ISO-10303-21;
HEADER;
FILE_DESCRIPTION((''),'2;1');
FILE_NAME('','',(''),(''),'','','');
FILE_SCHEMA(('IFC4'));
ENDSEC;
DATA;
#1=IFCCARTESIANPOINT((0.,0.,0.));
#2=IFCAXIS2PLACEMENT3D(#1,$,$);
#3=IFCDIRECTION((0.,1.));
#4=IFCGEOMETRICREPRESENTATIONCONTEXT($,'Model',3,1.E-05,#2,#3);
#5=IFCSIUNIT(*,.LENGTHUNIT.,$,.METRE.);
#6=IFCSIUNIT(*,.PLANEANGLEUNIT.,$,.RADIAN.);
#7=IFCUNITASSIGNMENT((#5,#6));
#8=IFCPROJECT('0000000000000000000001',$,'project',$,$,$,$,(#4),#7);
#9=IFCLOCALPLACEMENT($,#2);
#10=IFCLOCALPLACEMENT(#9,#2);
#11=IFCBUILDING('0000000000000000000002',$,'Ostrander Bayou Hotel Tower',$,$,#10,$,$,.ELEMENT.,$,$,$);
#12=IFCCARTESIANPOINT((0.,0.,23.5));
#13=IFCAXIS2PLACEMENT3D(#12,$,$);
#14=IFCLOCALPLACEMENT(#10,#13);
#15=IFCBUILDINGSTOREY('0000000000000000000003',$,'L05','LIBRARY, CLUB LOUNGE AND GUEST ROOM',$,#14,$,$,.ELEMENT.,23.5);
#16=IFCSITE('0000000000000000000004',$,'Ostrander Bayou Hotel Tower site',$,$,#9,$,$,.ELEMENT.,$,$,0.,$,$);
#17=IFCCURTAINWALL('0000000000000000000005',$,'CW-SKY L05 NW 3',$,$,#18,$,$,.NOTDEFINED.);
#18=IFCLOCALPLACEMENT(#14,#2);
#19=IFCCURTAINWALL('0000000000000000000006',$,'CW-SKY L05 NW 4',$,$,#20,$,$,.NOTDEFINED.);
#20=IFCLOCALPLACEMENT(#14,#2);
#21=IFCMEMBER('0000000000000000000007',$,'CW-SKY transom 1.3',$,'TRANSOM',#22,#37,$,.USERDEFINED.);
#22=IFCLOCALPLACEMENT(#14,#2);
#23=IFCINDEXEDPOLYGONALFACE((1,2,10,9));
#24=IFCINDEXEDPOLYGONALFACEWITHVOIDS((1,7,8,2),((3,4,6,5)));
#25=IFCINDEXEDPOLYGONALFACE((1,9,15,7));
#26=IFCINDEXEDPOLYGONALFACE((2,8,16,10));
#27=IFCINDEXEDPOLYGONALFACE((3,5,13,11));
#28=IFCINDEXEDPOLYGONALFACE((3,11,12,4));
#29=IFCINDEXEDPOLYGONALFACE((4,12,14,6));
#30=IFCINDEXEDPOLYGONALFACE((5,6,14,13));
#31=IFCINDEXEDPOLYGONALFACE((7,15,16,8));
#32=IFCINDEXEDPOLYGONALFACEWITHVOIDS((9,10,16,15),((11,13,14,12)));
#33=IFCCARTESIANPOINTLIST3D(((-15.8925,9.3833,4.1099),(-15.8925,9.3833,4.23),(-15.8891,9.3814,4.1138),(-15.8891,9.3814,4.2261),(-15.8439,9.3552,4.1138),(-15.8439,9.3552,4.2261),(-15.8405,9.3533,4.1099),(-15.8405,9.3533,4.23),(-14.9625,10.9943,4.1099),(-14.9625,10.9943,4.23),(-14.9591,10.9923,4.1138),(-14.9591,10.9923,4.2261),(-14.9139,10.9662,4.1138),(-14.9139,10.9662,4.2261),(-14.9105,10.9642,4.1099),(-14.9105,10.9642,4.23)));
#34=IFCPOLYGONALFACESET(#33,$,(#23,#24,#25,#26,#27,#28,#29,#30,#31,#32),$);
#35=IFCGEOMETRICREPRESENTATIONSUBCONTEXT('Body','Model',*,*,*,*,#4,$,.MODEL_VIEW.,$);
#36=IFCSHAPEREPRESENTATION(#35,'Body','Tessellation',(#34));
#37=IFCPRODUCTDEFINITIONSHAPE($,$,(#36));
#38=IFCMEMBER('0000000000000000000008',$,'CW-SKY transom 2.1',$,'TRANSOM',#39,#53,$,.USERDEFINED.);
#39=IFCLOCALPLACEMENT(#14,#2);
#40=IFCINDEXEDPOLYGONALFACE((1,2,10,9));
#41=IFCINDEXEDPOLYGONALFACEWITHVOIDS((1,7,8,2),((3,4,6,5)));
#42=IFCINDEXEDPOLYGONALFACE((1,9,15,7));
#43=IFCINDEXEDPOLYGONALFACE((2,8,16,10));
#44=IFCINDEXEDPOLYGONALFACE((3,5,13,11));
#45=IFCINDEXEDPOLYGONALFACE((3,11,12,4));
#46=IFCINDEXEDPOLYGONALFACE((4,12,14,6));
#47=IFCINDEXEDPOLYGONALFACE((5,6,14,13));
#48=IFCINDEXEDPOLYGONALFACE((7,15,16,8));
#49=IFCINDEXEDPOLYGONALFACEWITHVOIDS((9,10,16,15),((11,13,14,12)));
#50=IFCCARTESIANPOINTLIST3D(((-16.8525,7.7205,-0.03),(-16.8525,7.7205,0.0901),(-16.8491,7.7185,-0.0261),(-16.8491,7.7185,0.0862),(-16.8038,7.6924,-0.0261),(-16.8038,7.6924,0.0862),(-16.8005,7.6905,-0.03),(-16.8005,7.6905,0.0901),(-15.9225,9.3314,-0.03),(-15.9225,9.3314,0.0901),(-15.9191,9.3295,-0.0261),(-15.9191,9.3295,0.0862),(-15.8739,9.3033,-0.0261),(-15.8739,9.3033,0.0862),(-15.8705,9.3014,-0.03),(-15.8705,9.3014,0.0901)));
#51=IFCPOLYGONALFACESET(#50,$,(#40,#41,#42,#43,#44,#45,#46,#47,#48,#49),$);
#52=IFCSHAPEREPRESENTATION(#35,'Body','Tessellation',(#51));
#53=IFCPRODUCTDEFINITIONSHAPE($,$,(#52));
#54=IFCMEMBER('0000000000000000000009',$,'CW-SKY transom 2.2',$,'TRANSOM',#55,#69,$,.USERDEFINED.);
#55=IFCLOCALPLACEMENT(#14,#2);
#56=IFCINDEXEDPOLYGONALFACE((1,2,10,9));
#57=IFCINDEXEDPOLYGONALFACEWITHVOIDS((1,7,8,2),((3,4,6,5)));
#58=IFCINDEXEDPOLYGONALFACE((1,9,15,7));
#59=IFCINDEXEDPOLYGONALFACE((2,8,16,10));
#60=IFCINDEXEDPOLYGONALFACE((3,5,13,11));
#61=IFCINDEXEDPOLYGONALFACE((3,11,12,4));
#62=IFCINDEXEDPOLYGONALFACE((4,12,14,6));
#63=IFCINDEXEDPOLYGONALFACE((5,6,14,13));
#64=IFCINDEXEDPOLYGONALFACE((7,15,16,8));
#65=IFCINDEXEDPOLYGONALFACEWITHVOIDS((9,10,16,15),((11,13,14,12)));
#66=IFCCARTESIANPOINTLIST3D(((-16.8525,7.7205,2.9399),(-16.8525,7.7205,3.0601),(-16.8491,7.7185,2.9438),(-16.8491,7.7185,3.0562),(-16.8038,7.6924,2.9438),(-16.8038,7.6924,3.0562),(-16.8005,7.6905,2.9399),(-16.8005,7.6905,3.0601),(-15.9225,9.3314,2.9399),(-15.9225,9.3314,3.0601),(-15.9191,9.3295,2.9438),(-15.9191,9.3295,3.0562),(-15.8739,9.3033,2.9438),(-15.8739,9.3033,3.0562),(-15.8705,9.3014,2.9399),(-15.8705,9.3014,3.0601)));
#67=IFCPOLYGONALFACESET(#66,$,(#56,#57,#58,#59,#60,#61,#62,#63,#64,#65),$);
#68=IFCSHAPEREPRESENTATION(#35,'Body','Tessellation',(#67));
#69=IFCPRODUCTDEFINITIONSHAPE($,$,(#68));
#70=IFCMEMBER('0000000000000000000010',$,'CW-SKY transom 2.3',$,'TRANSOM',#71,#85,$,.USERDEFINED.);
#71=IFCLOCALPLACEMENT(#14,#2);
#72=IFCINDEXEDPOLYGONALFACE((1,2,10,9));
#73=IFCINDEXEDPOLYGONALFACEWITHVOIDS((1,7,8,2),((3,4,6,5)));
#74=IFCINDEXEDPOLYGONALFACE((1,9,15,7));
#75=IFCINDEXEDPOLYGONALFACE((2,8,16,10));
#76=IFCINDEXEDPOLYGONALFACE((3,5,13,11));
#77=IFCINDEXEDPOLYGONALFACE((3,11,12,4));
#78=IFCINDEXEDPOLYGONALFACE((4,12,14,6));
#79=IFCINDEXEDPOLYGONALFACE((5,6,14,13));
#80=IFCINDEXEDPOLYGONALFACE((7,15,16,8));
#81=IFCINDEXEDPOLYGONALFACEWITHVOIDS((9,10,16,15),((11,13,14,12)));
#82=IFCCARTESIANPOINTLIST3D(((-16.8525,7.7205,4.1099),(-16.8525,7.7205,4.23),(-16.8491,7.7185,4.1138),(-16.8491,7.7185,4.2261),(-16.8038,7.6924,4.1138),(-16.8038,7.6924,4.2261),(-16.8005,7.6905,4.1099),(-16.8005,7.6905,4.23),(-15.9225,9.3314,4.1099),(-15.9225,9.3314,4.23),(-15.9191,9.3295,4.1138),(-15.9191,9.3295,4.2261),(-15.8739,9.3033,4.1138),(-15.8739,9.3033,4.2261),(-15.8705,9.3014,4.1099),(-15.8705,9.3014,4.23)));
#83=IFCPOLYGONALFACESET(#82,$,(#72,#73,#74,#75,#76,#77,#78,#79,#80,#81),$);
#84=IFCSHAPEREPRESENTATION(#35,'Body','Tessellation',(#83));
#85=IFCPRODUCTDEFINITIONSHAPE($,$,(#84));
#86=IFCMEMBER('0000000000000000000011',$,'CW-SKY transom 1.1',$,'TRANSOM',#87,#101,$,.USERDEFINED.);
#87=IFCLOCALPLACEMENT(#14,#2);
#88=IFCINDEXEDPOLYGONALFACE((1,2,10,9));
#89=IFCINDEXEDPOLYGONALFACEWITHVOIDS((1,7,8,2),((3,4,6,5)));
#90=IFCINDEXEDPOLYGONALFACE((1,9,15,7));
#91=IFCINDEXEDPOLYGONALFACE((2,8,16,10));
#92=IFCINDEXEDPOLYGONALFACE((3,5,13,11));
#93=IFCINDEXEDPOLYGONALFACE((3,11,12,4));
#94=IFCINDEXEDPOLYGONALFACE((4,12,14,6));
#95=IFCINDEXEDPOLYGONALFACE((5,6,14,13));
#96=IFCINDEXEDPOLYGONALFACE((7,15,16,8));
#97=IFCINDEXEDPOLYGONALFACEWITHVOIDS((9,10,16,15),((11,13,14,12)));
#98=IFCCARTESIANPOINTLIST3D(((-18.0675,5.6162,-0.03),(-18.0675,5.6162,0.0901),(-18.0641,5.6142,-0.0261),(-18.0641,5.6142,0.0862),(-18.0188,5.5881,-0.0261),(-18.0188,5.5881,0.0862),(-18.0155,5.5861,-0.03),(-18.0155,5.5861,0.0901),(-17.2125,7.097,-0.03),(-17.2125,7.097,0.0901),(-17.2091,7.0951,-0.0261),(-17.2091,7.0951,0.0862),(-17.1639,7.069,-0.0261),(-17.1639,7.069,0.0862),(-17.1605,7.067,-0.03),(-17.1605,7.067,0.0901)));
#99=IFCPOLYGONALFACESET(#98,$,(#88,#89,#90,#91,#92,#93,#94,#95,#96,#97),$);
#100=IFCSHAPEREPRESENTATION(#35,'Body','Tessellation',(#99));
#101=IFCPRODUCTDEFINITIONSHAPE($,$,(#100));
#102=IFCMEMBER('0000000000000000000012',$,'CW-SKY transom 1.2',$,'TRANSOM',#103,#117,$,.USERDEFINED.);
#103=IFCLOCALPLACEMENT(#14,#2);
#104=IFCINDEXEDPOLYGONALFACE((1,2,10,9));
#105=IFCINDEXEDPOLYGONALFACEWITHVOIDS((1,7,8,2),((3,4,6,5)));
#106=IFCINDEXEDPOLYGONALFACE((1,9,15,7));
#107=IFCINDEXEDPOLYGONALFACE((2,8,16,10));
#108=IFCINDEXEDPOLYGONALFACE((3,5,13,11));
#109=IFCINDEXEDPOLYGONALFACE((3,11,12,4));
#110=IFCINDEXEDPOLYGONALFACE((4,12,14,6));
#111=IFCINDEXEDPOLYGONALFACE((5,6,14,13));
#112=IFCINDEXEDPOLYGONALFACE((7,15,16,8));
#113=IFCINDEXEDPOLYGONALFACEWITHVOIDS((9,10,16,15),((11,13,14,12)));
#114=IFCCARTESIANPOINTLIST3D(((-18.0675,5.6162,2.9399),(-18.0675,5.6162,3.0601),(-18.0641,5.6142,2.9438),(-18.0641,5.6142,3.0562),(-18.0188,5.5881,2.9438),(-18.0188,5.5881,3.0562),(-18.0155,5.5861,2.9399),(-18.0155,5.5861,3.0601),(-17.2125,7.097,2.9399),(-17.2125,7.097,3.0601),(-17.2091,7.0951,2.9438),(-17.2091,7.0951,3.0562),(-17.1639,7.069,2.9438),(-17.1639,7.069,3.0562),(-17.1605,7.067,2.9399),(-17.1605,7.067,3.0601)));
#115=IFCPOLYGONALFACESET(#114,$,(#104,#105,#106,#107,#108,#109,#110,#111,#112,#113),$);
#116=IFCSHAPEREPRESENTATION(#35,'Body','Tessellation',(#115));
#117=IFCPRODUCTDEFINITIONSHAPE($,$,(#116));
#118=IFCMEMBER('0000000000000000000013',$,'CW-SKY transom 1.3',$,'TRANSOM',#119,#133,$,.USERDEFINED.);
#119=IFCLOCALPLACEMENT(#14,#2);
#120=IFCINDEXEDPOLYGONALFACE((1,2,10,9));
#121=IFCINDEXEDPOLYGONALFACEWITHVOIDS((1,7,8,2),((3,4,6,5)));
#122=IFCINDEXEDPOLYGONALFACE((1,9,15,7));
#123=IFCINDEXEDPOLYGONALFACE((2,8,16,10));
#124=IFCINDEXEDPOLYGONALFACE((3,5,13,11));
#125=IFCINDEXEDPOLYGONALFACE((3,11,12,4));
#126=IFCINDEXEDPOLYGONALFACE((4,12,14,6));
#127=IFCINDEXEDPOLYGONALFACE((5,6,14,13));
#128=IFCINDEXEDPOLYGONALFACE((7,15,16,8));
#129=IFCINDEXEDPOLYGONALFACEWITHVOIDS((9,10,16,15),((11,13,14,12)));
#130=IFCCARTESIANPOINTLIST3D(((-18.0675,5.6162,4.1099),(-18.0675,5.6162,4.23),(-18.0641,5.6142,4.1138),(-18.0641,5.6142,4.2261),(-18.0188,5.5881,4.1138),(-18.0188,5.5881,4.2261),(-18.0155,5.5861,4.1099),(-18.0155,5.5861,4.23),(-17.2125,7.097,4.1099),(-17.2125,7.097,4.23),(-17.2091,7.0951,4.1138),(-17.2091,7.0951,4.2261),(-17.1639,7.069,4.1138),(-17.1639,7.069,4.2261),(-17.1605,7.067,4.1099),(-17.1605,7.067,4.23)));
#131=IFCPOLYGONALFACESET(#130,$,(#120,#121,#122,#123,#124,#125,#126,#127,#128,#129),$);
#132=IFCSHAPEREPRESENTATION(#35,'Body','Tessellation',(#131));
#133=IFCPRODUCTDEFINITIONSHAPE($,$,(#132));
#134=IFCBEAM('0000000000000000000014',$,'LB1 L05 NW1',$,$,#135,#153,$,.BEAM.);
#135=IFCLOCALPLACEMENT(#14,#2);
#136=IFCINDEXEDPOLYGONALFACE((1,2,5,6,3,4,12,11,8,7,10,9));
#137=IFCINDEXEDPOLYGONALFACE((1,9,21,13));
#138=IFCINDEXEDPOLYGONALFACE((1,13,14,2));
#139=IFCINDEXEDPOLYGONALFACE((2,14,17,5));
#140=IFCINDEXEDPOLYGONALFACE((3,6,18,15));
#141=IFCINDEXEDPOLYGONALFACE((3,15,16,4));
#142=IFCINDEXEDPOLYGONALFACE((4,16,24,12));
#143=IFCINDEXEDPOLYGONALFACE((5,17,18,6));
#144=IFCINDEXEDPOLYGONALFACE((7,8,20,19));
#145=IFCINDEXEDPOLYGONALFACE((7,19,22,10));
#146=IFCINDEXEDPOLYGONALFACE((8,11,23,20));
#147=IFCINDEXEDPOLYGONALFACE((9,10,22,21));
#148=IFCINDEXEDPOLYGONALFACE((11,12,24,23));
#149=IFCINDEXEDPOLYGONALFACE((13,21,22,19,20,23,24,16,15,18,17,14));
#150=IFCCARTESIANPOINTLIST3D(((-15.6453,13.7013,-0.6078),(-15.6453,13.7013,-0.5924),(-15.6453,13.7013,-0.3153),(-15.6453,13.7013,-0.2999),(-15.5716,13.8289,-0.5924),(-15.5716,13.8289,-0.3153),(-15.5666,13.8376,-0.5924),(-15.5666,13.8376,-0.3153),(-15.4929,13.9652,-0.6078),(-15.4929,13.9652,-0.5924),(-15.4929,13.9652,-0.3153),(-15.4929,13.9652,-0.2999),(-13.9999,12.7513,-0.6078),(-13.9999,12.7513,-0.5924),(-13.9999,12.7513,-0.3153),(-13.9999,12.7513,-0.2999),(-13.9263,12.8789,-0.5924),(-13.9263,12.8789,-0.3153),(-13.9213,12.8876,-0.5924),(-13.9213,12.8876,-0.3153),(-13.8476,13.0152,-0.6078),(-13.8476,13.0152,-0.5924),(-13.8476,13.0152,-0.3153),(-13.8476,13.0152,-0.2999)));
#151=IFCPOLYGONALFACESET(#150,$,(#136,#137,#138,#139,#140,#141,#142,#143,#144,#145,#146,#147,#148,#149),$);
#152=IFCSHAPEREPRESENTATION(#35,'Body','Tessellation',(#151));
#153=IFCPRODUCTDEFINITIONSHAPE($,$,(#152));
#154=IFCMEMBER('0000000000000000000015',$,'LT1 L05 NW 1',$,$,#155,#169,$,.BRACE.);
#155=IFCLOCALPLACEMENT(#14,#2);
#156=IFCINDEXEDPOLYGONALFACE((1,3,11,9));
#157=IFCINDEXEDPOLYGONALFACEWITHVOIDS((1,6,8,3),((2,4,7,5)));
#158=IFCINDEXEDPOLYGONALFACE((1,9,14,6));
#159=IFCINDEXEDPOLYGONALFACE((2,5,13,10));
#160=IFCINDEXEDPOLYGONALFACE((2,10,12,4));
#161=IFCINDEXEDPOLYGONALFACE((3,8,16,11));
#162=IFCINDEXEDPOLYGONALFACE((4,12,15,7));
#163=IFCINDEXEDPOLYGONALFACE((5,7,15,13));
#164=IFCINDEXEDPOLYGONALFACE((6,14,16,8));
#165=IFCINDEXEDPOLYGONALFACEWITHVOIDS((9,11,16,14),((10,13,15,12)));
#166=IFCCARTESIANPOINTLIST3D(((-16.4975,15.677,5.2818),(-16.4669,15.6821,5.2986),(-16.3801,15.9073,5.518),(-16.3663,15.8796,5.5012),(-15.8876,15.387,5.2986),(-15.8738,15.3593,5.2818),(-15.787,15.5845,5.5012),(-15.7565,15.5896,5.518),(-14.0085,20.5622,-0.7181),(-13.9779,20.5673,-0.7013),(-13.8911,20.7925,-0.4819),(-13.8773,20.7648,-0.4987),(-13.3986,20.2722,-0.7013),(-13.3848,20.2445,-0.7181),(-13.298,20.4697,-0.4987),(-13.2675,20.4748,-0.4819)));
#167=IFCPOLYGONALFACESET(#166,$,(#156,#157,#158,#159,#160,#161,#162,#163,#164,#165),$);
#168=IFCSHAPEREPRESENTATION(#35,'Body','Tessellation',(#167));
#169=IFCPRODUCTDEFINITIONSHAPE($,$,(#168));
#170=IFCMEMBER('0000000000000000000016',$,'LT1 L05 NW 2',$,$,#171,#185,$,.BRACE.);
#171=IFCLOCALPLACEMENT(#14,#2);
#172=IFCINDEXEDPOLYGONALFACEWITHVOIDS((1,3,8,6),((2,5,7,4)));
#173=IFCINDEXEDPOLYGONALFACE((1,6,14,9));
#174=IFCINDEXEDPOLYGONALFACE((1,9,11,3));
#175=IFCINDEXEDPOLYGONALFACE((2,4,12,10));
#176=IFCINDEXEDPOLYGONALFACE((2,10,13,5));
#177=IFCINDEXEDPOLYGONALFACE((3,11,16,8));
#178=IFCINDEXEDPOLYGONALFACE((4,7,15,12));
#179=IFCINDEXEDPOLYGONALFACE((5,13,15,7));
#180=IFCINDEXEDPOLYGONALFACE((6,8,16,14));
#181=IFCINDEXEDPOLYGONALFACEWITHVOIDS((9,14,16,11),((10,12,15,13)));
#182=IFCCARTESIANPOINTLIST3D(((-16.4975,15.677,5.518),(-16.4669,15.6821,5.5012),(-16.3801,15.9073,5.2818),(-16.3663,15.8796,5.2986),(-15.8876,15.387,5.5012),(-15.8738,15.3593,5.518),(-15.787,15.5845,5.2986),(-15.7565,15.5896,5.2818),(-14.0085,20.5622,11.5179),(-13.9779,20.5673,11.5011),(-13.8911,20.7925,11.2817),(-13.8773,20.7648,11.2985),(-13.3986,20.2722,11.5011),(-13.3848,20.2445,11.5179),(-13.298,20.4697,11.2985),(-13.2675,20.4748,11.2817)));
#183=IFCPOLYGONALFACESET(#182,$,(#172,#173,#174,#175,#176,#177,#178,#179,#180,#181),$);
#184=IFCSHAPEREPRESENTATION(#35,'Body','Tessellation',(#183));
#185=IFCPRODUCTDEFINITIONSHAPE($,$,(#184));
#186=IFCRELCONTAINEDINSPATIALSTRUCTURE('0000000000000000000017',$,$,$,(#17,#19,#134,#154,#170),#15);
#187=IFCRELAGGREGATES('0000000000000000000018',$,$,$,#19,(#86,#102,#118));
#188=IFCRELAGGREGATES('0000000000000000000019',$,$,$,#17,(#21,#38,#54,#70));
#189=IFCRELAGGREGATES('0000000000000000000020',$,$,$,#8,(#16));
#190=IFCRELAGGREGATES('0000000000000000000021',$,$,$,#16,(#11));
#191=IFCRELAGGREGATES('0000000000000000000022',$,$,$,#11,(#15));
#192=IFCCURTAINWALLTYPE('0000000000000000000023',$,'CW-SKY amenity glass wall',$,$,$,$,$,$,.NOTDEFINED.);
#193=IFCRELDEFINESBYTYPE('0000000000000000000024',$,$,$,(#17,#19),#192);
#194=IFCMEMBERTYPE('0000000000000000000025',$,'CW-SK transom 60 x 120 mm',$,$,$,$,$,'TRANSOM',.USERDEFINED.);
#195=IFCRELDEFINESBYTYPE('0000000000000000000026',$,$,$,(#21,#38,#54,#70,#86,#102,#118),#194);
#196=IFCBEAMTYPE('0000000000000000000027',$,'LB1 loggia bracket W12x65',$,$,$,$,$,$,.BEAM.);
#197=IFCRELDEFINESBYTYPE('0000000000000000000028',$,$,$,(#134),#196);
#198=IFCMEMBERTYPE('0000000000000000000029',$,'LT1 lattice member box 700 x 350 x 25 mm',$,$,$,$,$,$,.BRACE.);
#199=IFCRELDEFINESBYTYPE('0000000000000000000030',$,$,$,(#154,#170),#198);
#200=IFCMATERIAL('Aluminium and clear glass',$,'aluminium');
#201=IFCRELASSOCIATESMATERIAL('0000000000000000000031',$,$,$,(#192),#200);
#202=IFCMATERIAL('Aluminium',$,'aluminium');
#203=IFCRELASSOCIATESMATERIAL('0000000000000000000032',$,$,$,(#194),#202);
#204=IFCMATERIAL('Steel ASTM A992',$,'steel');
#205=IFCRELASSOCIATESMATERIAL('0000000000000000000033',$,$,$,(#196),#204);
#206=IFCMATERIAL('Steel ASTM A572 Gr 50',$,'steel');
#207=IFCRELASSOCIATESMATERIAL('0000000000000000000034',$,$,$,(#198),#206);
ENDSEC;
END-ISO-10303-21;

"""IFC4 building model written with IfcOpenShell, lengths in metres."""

from ifc_helpers import new_model, si_unit, direction, frame, origin, origin_2d, place, context, subcontext, project, spatial, hollow_rectangle, i_section, extrude, material, material_profile, profile_set, type_object, element, aggregate, save


model = new_model("IFC4")

# Units and contexts
model_context = context("Model", 3, precision=1e-05, world=origin(), true_north=direction((0.0, 1.0)))
body_context = subcontext(model_context, "Body", "Model", "MODEL_VIEW")
ifc_project = project(units=[si_unit("LENGTHUNIT", "METRE"), si_unit("PLANEANGLEUNIT", "RADIAN")], contexts=[model_context])

# Site, building, storey
site_placement = place(None, origin())
site = spatial("IfcSite", under=ifc_project, at=site_placement, Name="Ostrander Bayou Hotel Tower site", CompositionType="ELEMENT", RefElevation=0.0)
building_placement = place(site_placement, origin())
building = spatial("IfcBuilding", under=site, at=building_placement, Name="Ostrander Bayou Hotel Tower", CompositionType="ELEMENT")
storey_placement = place(building_placement, frame((0.0, 0.0, 23.5)))
storey = spatial("IfcBuildingStorey", under=building, at=storey_placement, Name="L05", Description="LIBRARY, CLUB LOUNGE AND GUEST ROOM", CompositionType="ELEMENT", Elevation=23.5)

# Curtain wall
ifc_material_1 = material(Name="Aluminium and clear glass", Category="aluminium")
curtain_wall_type_1 = type_object("IfcCurtainWallType", Name="CW-SKY amenity glass wall", PredefinedType="NOTDEFINED", material=ifc_material_1)
curtain_wall_1_placement = place(storey_placement, origin())
curtain_wall_1 = element("IfcCurtainWall", 1, at=curtain_wall_1_placement, inside=storey, type_object=curtain_wall_type_1, Name="CW-SKY L05 NW 3", PredefinedType="NOTDEFINED")

# Curtain wall
curtain_wall_2_placement = place(storey_placement, origin())
curtain_wall_2 = element("IfcCurtainWall", 2, at=curtain_wall_2_placement, inside=storey, type_object=curtain_wall_type_1, Name="CW-SKY L05 NW 4", PredefinedType="NOTDEFINED")

# Members
ifc_material_2 = material(Name="Aluminium", Category="aluminium")
ifc_material_profile_1 = material_profile(ifc_material_2, hollow_rectangle(XDim=0.0601, YDim=0.1201, WallThickness=0.0039, at=origin_2d()))
ifc_profile_set_1 = profile_set([ifc_material_profile_1], Name="Aluminium")
member_type_1 = type_object("IfcMemberType", Name="CW-SK transom 60 x 120 mm", ElementType="TRANSOM", PredefinedType="USERDEFINED", material=ifc_profile_set_1)
member_1_placement = place(storey_placement, frame((-14.9365, 10.9792, 4.1699), z_axis=(-0.499965, -0.866046, 0.0), x_axis=(0.866046, -0.499965, 0.0)))
member_1 = element("IfcMember", 3, at=member_1_placement, type_object=member_type_1, Name="CW-SKY transom 1.3", ObjectType="TRANSOM", PredefinedType="USERDEFINED", context=body_context, shape_type="SweptSolid", body=[
    extrude(hollow_rectangle(XDim=0.0601, YDim=0.1201, WallThickness=0.0039, at=origin_2d()), origin(), (0.0, 0.0, 1.0), 1.8601),
])
member_2_placement = place(storey_placement, frame((-15.8965, 9.3164, 0.03), z_axis=(-0.499965, -0.866046, 0.0), x_axis=(0.866046, -0.499965, 0.0)))
member_2 = element("IfcMember", 4, at=member_2_placement, type_object=member_type_1, Name="CW-SKY transom 2.1", ObjectType="TRANSOM", PredefinedType="USERDEFINED", context=body_context, shape_type="SweptSolid", body=[
    extrude(hollow_rectangle(XDim=0.0601, YDim=0.1201, WallThickness=0.0039, at=origin_2d()), origin(), (0.0, 0.0, 1.0), 1.8601),
])
member_3_placement = place(storey_placement, frame((-15.8965, 9.3164, 3.0), z_axis=(-0.499965, -0.866046, 0.0), x_axis=(0.866046, -0.499965, 0.0)))
member_3 = element("IfcMember", 5, at=member_3_placement, type_object=member_type_1, Name="CW-SKY transom 2.2", ObjectType="TRANSOM", PredefinedType="USERDEFINED", context=body_context, shape_type="SweptSolid", body=[
    extrude(hollow_rectangle(XDim=0.0601, YDim=0.1201, WallThickness=0.0039, at=origin_2d()), origin(), (0.0, 0.0, 1.0), 1.8601),
])
member_4_placement = place(storey_placement, frame((-15.8965, 9.3164, 4.1699), z_axis=(-0.499965, -0.866046, 0.0), x_axis=(0.866046, -0.499965, 0.0)))
member_4 = element("IfcMember", 6, at=member_4_placement, type_object=member_type_1, Name="CW-SKY transom 2.3", ObjectType="TRANSOM", PredefinedType="USERDEFINED", context=body_context, shape_type="SweptSolid", body=[
    extrude(hollow_rectangle(XDim=0.0601, YDim=0.1201, WallThickness=0.0039, at=origin_2d()), origin(), (0.0, 0.0, 1.0), 1.8601),
])
member_5_placement = place(storey_placement, frame((-17.1865, 7.082, 0.03), z_axis=(-0.499978, -0.866038, 0.0), x_axis=(0.866038, -0.499978, 0.0)))
member_5 = element("IfcMember", 7, at=member_5_placement, type_object=member_type_1, Name="CW-SKY transom 1.1", ObjectType="TRANSOM", PredefinedType="USERDEFINED", context=body_context, shape_type="SweptSolid", body=[
    extrude(hollow_rectangle(XDim=0.0601, YDim=0.1201, WallThickness=0.0039, at=origin_2d()), origin(), (0.0, 0.0, 1.0), 1.71),
])
member_6_placement = place(storey_placement, frame((-17.1865, 7.082, 3.0), z_axis=(-0.499978, -0.866038, 0.0), x_axis=(0.866038, -0.499978, 0.0)))
member_6 = element("IfcMember", 8, at=member_6_placement, type_object=member_type_1, Name="CW-SKY transom 1.2", ObjectType="TRANSOM", PredefinedType="USERDEFINED", context=body_context, shape_type="SweptSolid", body=[
    extrude(hollow_rectangle(XDim=0.0601, YDim=0.1201, WallThickness=0.0039, at=origin_2d()), origin(), (0.0, 0.0, 1.0), 1.71),
])
member_7_placement = place(storey_placement, frame((-17.1865, 7.082, 4.1699), z_axis=(-0.499978, -0.866038, 0.0), x_axis=(0.866038, -0.499978, 0.0)))
member_7 = element("IfcMember", 9, at=member_7_placement, type_object=member_type_1, Name="CW-SKY transom 1.3", ObjectType="TRANSOM", PredefinedType="USERDEFINED", context=body_context, shape_type="SweptSolid", body=[
    extrude(hollow_rectangle(XDim=0.0601, YDim=0.1201, WallThickness=0.0039, at=origin_2d()), origin(), (0.0, 0.0, 1.0), 1.71),
])
aggregate(curtain_wall_2, [member_5, member_6, member_7])

# Beam
ifc_material_3 = material(Name="Steel ASTM A992", Category="steel")
ifc_material_profile_2 = material_profile(ifc_material_3, i_section(OverallWidth=0.3047, OverallDepth=0.3079, WebThickness=0.01, FlangeThickness=0.0154, at=origin_2d()))
ifc_profile_set_2 = profile_set([ifc_material_profile_2], Name="Steel ASTM A992")
beam_type_1 = type_object("IfcBeamType", Name="LB1 loggia bracket W12x65", PredefinedType="BEAM", material=ifc_profile_set_2)
beam_1_placement = place(storey_placement, frame((-15.5691, 13.8333, -0.4539), z_axis=(0.866012, -0.500023, 0.0), x_axis=(0.500023, 0.866012, 0.0)))
element("IfcBeam", 10, at=beam_1_placement, inside=storey, type_object=beam_type_1, Name="LB1 L05 NW1", PredefinedType="BEAM", context=body_context, shape_type="SweptSolid", body=[
    extrude(i_section(OverallWidth=0.3047, OverallDepth=0.3079, WebThickness=0.01, FlangeThickness=0.0154, at=origin_2d()), origin(), (0.0, 0.0, 1.0), 1.8999),
])

# Members
ifc_material_4 = material(Name="Steel ASTM A572 Gr 50", Category="steel")
ifc_material_profile_3 = material_profile(ifc_material_4, hollow_rectangle(XDim=0.7, YDim=0.3501, WallThickness=0.0249, at=origin_2d()))
ifc_profile_set_3 = profile_set([ifc_material_profile_3], Name="Steel ASTM A572 Gr 50")
member_type_2 = type_object("IfcMemberType", Name="LT1 lattice member box 700 x 350 x 25 mm", PredefinedType="BRACE", material=ifc_profile_set_3)
for number, where, z_axis, x_axis, name in (
    (11, (-16.127, 15.6333, 5.3999), (0.306235, 0.601056, -0.738208), (-0.891017, 0.453969, 0.0), "LT1 L05 NW 1"),
    (12, (-16.127, 15.6333, 5.3999), (0.306235, 0.601056, 0.738208), (-0.891017, 0.453969, 0.0), "LT1 L05 NW 2"),
):
    element("IfcMember", number, at=place(storey_placement, frame(where, z_axis=z_axis, x_axis=x_axis)), inside=storey, type_object=member_type_2, Name=name, PredefinedType="BRACE", context=body_context, shape_type="SweptSolid", body=[
        extrude(hollow_rectangle(XDim=0.7, YDim=0.3501, WallThickness=0.0249, at=origin_2d()), origin(), (0.0, 0.0, 1.0), 8.1277),
    ])

aggregate(curtain_wall_1, [member_1, member_2, member_3, member_4])

save(model, "model.ifc")
